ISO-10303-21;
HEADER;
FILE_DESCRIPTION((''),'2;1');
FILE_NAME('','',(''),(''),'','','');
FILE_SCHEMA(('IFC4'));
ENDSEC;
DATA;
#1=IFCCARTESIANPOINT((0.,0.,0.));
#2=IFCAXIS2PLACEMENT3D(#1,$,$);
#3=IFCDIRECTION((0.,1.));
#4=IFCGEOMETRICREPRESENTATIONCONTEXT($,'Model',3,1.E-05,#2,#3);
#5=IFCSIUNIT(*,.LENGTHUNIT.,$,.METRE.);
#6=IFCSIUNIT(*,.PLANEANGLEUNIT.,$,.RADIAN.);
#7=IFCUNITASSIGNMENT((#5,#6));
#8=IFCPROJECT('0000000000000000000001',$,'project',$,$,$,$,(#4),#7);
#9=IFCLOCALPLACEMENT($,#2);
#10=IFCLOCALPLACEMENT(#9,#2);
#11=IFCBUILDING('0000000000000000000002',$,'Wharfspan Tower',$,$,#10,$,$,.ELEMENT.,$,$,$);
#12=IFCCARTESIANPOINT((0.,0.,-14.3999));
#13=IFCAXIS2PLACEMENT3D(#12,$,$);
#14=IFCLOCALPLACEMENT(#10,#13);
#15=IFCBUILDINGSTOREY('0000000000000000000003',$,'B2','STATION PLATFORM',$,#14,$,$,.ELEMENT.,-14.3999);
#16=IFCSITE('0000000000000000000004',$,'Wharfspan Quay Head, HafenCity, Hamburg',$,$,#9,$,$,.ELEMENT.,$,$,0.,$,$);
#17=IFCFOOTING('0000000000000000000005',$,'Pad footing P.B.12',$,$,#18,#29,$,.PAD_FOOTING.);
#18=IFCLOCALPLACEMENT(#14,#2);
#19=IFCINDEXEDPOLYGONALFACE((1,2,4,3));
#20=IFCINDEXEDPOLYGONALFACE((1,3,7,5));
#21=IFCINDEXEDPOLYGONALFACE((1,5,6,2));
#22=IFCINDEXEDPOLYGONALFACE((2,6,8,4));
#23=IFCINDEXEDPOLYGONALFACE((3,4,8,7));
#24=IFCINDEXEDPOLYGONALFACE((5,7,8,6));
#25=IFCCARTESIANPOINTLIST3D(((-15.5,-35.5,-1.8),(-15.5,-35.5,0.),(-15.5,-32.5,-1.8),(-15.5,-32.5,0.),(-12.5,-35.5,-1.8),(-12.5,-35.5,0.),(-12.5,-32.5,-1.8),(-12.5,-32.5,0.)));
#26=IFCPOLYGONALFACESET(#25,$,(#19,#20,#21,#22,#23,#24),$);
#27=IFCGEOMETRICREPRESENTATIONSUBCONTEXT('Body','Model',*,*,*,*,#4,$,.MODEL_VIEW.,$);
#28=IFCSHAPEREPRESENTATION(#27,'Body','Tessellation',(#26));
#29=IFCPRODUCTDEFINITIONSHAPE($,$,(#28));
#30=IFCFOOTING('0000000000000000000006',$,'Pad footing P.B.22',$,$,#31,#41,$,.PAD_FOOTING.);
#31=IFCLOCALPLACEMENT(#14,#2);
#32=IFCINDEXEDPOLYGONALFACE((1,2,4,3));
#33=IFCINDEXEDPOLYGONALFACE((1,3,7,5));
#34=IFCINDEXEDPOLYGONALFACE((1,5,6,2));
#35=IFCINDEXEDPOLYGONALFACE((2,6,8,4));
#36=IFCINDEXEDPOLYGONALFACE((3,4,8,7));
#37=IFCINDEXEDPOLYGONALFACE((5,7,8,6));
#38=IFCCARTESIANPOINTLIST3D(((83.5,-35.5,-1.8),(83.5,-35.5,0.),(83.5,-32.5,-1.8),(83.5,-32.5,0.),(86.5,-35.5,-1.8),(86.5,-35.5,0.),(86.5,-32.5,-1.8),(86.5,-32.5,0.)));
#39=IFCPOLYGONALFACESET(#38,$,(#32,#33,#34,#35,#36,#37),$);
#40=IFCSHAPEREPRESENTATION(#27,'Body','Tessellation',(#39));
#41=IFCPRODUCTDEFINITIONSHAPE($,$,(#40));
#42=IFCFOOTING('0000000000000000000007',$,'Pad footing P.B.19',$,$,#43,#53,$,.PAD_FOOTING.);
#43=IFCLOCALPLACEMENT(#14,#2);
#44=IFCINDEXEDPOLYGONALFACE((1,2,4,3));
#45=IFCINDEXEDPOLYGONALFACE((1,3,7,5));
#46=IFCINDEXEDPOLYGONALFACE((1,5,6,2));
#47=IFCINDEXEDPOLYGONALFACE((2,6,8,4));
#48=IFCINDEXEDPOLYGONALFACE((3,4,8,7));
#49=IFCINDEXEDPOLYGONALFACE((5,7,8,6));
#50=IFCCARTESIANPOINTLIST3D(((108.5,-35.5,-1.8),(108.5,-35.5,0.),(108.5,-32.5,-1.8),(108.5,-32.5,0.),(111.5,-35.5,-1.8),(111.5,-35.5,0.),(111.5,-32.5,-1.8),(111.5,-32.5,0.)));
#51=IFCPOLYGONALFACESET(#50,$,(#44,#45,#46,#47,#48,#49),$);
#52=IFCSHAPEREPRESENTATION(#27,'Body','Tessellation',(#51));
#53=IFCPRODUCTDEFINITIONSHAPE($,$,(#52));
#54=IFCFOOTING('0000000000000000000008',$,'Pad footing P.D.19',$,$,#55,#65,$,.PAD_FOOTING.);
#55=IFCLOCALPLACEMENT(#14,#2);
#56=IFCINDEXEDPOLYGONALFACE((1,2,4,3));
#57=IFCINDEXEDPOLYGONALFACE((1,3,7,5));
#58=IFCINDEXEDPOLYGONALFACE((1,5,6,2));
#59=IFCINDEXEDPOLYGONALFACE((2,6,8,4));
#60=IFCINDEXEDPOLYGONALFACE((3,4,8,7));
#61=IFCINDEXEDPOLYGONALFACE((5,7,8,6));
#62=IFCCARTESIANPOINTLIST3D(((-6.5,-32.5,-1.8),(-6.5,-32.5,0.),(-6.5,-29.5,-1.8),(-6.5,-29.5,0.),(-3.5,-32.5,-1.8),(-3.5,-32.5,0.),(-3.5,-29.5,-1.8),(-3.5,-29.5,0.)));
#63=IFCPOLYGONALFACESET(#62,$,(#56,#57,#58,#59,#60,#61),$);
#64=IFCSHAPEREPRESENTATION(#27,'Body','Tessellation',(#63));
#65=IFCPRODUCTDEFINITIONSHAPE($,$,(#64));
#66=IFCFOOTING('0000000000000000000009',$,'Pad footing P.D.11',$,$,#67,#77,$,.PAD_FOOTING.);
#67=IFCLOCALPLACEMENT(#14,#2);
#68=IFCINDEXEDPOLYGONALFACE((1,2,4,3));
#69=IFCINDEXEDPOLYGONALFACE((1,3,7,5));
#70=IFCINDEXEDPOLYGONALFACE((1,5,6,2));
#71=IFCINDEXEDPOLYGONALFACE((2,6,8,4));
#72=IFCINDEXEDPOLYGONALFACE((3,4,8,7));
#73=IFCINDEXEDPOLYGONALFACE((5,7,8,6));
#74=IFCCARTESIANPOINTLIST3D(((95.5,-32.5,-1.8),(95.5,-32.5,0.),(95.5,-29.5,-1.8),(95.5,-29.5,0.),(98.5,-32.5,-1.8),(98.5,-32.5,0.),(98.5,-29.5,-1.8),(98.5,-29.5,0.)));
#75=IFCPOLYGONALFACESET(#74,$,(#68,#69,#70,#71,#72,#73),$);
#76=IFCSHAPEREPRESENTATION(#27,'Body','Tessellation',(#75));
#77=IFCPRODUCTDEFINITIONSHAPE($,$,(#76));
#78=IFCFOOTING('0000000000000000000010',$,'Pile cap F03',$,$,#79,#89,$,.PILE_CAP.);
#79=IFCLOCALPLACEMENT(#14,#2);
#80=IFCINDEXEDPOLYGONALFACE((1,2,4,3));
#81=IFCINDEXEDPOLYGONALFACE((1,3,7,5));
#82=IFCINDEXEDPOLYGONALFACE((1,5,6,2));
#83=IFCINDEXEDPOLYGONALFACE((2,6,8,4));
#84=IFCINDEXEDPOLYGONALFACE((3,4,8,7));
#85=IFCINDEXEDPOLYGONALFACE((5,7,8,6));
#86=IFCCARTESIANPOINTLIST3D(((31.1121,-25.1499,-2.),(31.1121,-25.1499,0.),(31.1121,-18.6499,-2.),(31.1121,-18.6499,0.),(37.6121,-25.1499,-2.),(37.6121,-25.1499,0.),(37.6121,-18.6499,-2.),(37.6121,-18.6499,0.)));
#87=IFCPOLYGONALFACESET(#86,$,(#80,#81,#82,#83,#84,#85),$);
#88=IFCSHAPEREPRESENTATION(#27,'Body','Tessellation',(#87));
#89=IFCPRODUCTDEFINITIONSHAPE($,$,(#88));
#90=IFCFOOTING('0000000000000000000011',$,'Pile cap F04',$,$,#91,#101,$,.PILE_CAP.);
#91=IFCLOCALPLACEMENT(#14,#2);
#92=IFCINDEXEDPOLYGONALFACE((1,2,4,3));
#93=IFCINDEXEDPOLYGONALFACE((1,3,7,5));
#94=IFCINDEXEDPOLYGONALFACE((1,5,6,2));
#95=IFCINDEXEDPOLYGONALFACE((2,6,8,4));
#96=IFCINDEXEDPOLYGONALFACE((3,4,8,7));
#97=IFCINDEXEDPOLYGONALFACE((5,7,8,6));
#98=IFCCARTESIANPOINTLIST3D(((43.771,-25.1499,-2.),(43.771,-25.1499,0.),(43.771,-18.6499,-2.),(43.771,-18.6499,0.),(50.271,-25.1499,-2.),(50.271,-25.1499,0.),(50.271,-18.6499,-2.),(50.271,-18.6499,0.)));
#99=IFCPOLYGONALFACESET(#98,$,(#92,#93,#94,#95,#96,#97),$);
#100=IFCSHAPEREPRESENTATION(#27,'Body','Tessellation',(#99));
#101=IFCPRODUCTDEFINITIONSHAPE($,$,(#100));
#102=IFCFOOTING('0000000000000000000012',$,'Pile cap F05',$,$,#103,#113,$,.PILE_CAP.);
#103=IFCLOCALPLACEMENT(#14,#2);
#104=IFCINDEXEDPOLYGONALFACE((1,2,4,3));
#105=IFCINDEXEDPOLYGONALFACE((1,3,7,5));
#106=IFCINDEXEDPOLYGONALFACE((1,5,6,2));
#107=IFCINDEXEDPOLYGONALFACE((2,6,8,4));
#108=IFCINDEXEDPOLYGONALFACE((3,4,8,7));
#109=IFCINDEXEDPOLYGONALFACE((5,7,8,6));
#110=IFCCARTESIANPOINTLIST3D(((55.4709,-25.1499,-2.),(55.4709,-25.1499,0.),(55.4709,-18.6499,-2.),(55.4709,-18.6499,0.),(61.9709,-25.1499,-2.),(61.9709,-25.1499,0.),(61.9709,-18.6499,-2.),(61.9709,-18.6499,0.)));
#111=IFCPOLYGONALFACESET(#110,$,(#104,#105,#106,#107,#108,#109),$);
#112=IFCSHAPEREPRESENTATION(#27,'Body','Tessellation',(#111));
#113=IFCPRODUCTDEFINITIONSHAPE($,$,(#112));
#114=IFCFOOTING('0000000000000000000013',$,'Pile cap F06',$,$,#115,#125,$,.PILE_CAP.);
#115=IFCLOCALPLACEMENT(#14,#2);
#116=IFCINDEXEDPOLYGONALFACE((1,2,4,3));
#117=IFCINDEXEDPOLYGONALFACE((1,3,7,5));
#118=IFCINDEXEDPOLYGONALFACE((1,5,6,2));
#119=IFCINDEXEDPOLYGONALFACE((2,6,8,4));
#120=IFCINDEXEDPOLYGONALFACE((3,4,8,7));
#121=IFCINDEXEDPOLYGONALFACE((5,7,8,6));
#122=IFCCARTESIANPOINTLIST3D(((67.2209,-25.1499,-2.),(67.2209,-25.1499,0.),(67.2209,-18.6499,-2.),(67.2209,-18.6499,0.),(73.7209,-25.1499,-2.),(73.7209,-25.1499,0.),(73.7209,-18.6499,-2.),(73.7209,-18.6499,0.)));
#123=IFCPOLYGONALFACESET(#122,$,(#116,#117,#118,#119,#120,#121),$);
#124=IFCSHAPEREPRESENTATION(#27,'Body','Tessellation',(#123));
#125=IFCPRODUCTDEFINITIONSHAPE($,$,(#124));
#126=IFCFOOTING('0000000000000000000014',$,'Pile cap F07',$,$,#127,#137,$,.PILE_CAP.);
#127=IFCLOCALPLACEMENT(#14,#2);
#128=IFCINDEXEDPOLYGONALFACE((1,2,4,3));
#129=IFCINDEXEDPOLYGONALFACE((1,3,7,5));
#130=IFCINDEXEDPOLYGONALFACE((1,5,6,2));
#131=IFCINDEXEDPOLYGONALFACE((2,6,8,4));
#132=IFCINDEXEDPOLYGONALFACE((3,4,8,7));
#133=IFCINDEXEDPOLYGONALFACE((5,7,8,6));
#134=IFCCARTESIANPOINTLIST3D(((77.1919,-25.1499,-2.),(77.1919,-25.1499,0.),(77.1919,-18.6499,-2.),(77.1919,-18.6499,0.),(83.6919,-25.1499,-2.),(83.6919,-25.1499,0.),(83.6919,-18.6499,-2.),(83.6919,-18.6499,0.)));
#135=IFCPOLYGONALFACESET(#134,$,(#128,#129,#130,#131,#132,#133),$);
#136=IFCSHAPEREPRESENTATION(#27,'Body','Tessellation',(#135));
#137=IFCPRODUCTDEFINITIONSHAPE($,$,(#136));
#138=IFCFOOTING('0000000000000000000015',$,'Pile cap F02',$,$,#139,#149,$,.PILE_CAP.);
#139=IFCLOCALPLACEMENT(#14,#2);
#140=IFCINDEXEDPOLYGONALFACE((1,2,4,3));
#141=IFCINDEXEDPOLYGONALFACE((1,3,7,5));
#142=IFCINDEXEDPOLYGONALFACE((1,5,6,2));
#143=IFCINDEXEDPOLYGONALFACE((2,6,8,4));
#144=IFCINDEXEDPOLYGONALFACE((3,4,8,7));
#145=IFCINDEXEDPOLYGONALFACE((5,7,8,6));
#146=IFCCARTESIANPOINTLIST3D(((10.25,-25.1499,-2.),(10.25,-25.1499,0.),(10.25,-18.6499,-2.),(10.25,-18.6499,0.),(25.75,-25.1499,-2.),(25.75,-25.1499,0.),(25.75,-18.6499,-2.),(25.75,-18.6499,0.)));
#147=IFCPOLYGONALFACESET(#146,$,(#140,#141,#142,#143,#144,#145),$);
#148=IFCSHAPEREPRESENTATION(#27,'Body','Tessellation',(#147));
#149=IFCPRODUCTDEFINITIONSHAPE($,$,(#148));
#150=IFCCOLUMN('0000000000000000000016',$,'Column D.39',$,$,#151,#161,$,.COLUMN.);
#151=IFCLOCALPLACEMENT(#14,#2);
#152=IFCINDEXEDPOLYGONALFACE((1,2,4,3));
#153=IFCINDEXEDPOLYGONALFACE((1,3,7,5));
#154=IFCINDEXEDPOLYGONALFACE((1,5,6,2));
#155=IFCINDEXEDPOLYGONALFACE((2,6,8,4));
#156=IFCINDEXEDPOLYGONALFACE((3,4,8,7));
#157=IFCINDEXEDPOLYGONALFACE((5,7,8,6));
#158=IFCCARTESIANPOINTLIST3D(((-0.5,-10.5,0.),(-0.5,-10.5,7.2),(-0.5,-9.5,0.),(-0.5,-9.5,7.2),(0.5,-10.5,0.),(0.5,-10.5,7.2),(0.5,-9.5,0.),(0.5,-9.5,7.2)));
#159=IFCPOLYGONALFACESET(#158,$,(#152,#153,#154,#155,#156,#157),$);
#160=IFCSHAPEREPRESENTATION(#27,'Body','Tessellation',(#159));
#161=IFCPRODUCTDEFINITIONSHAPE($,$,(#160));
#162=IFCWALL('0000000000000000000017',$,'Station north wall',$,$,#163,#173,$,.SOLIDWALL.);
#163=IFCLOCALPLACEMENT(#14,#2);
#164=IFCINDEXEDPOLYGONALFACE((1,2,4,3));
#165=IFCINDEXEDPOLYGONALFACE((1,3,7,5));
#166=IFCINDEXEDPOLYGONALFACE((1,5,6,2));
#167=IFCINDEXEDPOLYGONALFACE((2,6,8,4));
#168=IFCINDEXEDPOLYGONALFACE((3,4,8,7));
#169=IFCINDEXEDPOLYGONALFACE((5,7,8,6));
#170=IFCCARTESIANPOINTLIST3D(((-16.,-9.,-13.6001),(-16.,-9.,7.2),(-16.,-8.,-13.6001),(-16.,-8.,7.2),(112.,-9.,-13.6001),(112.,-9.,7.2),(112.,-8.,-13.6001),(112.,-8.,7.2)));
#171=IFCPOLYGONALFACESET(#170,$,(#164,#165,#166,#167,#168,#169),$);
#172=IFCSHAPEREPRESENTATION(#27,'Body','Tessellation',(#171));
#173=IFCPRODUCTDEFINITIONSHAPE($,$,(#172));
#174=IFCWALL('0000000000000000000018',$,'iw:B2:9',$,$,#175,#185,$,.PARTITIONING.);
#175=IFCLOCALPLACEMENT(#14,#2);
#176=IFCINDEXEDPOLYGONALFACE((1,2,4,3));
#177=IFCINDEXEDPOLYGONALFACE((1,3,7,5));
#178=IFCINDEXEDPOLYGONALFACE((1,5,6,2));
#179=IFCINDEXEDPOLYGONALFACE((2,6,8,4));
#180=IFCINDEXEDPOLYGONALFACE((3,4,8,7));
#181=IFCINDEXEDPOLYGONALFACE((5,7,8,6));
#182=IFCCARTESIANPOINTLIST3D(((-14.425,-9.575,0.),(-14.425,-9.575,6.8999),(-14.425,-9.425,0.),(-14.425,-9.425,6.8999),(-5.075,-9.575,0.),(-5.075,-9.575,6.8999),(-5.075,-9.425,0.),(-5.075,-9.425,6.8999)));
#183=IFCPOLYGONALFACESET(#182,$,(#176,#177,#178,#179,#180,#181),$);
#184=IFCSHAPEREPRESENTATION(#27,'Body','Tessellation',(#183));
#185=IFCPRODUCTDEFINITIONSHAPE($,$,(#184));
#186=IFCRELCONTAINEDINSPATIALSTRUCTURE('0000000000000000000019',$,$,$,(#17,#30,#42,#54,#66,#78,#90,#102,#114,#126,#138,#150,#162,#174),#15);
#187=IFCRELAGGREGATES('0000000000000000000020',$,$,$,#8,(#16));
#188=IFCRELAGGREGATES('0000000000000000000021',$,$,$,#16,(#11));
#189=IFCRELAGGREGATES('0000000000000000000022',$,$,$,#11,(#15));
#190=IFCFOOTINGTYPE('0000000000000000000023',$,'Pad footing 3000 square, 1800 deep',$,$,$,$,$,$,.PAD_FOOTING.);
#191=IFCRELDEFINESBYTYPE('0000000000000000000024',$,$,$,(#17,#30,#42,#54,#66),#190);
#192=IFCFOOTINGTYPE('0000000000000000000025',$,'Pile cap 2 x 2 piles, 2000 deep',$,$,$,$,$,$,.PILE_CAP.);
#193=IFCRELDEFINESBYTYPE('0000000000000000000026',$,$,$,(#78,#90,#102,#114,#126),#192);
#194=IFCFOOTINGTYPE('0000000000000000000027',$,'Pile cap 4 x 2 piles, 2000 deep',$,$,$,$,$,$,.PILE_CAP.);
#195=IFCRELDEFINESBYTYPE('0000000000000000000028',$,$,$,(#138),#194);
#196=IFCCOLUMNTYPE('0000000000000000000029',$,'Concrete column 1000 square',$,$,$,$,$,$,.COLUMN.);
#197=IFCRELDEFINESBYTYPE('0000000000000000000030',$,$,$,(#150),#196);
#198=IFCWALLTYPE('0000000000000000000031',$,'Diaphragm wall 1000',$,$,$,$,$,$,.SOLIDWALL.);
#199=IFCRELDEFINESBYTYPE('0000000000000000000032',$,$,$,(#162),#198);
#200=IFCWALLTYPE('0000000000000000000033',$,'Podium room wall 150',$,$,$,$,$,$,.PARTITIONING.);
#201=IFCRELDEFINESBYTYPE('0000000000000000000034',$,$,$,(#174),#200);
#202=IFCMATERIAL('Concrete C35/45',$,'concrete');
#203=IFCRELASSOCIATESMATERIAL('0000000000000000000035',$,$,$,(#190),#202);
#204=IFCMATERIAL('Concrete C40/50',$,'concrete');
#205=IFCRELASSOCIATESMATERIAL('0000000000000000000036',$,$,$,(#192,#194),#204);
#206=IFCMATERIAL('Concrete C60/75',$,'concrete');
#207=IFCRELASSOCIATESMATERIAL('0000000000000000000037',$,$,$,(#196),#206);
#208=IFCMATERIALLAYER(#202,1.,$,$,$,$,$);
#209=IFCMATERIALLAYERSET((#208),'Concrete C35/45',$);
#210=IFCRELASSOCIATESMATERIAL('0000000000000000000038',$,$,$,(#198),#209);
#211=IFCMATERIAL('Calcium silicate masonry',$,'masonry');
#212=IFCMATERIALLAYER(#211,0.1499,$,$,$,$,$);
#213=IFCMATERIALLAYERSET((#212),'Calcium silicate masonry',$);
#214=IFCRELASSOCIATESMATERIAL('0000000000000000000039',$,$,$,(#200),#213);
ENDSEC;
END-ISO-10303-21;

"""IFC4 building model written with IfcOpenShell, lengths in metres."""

from ifc_helpers import new_model, si_unit, direction, frame, frame_2d, origin, origin_2d, place, context, subcontext, project, spatial, polyline, rectangle, outline, extrude, material, layer, layer_set, material_profile, profile_set, type_object, element, save


model = new_model("IFC4")

# Units and contexts
model_context = context("Model", 3, precision=1e-05, world=origin(), true_north=direction((0.0, 1.0)))
body_context = subcontext(model_context, "Body", "Model", "MODEL_VIEW")
ifc_project = project(units=[si_unit("LENGTHUNIT", "METRE"), si_unit("PLANEANGLEUNIT", "RADIAN")], contexts=[model_context])

# Site, building, storey
site_placement = place(None, origin())
site = spatial("IfcSite", under=ifc_project, at=site_placement, Name="Wharfspan Quay Head, HafenCity, Hamburg", CompositionType="ELEMENT", RefElevation=0.0)
building_placement = place(site_placement, origin())
building = spatial("IfcBuilding", under=site, at=building_placement, Name="Wharfspan Tower", CompositionType="ELEMENT")
storey_placement = place(building_placement, frame((0.0, 0.0, -14.3999)))
storey = spatial("IfcBuildingStorey", under=building, at=storey_placement, Name="B2", Description="STATION PLATFORM", CompositionType="ELEMENT", Elevation=-14.3999)

# Footings
ifc_material_1 = material(Name="Concrete C35/45", Category="concrete")
footing_type_1 = type_object("IfcFootingType", Name="Pad footing 3000 square, 1800 deep", PredefinedType="PAD_FOOTING", material=ifc_material_1)
footing_1_placement = place(storey_placement, frame((0.0, 0.0, -1.8)))
element("IfcFooting", 1, at=footing_1_placement, inside=storey, type_object=footing_type_1, Name="Pad footing P.B.12", PredefinedType="PAD_FOOTING", context=body_context, shape_type="SweptSolid", body=[
    extrude(outline(polyline([(-15.5, -35.5), (-12.5, -35.5), (-12.5, -32.5), (-15.5, -32.5), (-15.5, -35.5)])), origin(), (0.0, 0.0, 1.0), 1.8),
])
footing_2_placement = place(storey_placement, frame((0.0, 0.0, -1.8)))
element("IfcFooting", 2, at=footing_2_placement, inside=storey, type_object=footing_type_1, Name="Pad footing P.B.22", PredefinedType="PAD_FOOTING", context=body_context, shape_type="SweptSolid", body=[
    extrude(outline(polyline([(83.5, -35.5), (86.5, -35.5), (86.5, -32.5), (83.5, -32.5), (83.5, -35.5)])), origin(), (0.0, 0.0, 1.0), 1.8),
])
footing_3_placement = place(storey_placement, frame((0.0, 0.0, -1.8)))
element("IfcFooting", 3, at=footing_3_placement, inside=storey, type_object=footing_type_1, Name="Pad footing P.B.19", PredefinedType="PAD_FOOTING", context=body_context, shape_type="SweptSolid", body=[
    extrude(outline(polyline([(108.5, -35.5), (111.5, -35.5), (111.5, -32.5), (108.5, -32.5), (108.5, -35.5)])), origin(), (0.0, 0.0, 1.0), 1.8),
])
footing_4_placement = place(storey_placement, frame((0.0, 0.0, -1.8)))
element("IfcFooting", 4, at=footing_4_placement, inside=storey, type_object=footing_type_1, Name="Pad footing P.D.19", PredefinedType="PAD_FOOTING", context=body_context, shape_type="SweptSolid", body=[
    extrude(outline(polyline([(-6.5, -32.5), (-3.5, -32.5), (-3.5, -29.5), (-6.5, -29.5), (-6.5, -32.5)])), origin(), (0.0, 0.0, 1.0), 1.8),
])
footing_5_placement = place(storey_placement, frame((0.0, 0.0, -1.8)))
element("IfcFooting", 5, at=footing_5_placement, inside=storey, type_object=footing_type_1, Name="Pad footing P.D.11", PredefinedType="PAD_FOOTING", context=body_context, shape_type="SweptSolid", body=[
    extrude(outline(polyline([(95.5, -32.5), (98.5, -32.5), (98.5, -29.5), (95.5, -29.5), (95.5, -32.5)])), origin(), (0.0, 0.0, 1.0), 1.8),
])
ifc_material_2 = material(Name="Concrete C40/50", Category="concrete")
footing_type_2 = type_object("IfcFootingType", Name="Pile cap 2 x 2 piles, 2000 deep", PredefinedType="PILE_CAP", material=ifc_material_2)
footing_6_placement = place(storey_placement, frame((0.0, 0.0, -2.0)))
element("IfcFooting", 6, at=footing_6_placement, inside=storey, type_object=footing_type_2, Name="Pile cap F03", PredefinedType="PILE_CAP", context=body_context, shape_type="SweptSolid", body=[
    extrude(outline(polyline([(31.1121, -25.1499), (37.6121, -25.1499), (37.6121, -18.6499), (31.1121, -18.6499), (31.1121, -25.1499)])), origin(), (0.0, 0.0, 1.0), 2.0),
])
footing_7_placement = place(storey_placement, frame((0.0, 0.0, -2.0)))
element("IfcFooting", 7, at=footing_7_placement, inside=storey, type_object=footing_type_2, Name="Pile cap F04", PredefinedType="PILE_CAP", context=body_context, shape_type="SweptSolid", body=[
    extrude(outline(polyline([(43.771, -25.1499), (50.271, -25.1499), (50.271, -18.6499), (43.771, -18.6499), (43.771, -25.1499)])), origin(), (0.0, 0.0, 1.0), 2.0),
])
footing_8_placement = place(storey_placement, frame((0.0, 0.0, -2.0)))
element("IfcFooting", 8, at=footing_8_placement, inside=storey, type_object=footing_type_2, Name="Pile cap F05", PredefinedType="PILE_CAP", context=body_context, shape_type="SweptSolid", body=[
    extrude(outline(polyline([(55.4709, -25.1499), (61.9709, -25.1499), (61.9709, -18.6499), (55.4709, -18.6499), (55.4709, -25.1499)])), origin(), (0.0, 0.0, 1.0), 2.0),
])
footing_9_placement = place(storey_placement, frame((0.0, 0.0, -2.0)))
element("IfcFooting", 9, at=footing_9_placement, inside=storey, type_object=footing_type_2, Name="Pile cap F06", PredefinedType="PILE_CAP", context=body_context, shape_type="SweptSolid", body=[
    extrude(outline(polyline([(67.2209, -25.1499), (73.7209, -25.1499), (73.7209, -18.6499), (67.2209, -18.6499), (67.2209, -25.1499)])), origin(), (0.0, 0.0, 1.0), 2.0),
])
footing_10_placement = place(storey_placement, frame((0.0, 0.0, -2.0)))
element("IfcFooting", 10, at=footing_10_placement, inside=storey, type_object=footing_type_2, Name="Pile cap F07", PredefinedType="PILE_CAP", context=body_context, shape_type="SweptSolid", body=[
    extrude(outline(polyline([(77.1919, -25.1499), (83.6919, -25.1499), (83.6919, -18.6499), (77.1919, -18.6499), (77.1919, -25.1499)])), origin(), (0.0, 0.0, 1.0), 2.0),
])
footing_type_3 = type_object("IfcFootingType", Name="Pile cap 4 x 2 piles, 2000 deep", PredefinedType="PILE_CAP", material=ifc_material_2)
footing_11_placement = place(storey_placement, frame((0.0, 0.0, -2.0)))
element("IfcFooting", 11, at=footing_11_placement, inside=storey, type_object=footing_type_3, Name="Pile cap F02", PredefinedType="PILE_CAP", context=body_context, shape_type="SweptSolid", body=[
    extrude(outline(polyline([(10.25, -25.1499), (25.75, -25.1499), (25.75, -18.6499), (10.25, -18.6499), (10.25, -25.1499)])), origin(), (0.0, 0.0, 1.0), 2.0),
])

# Column
ifc_material_3 = material(Name="Concrete C60/75", Category="concrete")
ifc_material_profile = material_profile(ifc_material_3, rectangle(XDim=1.0, YDim=1.0, at=origin_2d()))
ifc_profile_set = profile_set([ifc_material_profile], Name="Concrete C60/75")
column_type = type_object("IfcColumnType", Name="Concrete column 1000 square", PredefinedType="COLUMN", material=ifc_profile_set)
column_placement = place(storey_placement, frame((0.0, -10.0, 0.0), z_axis=(0.0, 0.0, 1.0), x_axis=(1.0, 0.0, 0.0)))
element("IfcColumn", 12, at=column_placement, inside=storey, type_object=column_type, Name="Column D.39", PredefinedType="COLUMN", context=body_context, shape_type="SweptSolid", body=[
    extrude(rectangle(XDim=1.0, YDim=1.0, at=origin_2d()), origin(), (0.0, 0.0, 1.0), 7.2),
])

# Walls
ifc_layer_1 = layer(ifc_material_1, 1.0)
ifc_layer_set_1 = layer_set([ifc_layer_1], Name="Concrete C35/45")
wall_type_1 = type_object("IfcWallType", Name="Diaphragm wall 1000", PredefinedType="SOLIDWALL", material=ifc_layer_set_1)
wall_1_placement = place(storey_placement, frame((-16.0, -8.5, -13.6001), z_axis=(0.0, 0.0, 1.0), x_axis=(1.0, 0.0, 0.0)))
element("IfcWall", 13, at=wall_1_placement, inside=storey, type_object=wall_type_1, Name="Station north wall", PredefinedType="SOLIDWALL", context=body_context, shape_type="SweptSolid", body=[
    extrude(rectangle(XDim=128.0, YDim=1.0, at=frame_2d((64.0, 0.0))), origin(), (0.0, 0.0, 1.0), 20.8),
])
ifc_material_4 = material(Name="Calcium silicate masonry", Category="masonry")
ifc_layer_2 = layer(ifc_material_4, 0.1499)
ifc_layer_set_2 = layer_set([ifc_layer_2], Name="Calcium silicate masonry")
wall_type_2 = type_object("IfcWallType", Name="Podium room wall 150", PredefinedType="PARTITIONING", material=ifc_layer_set_2)
wall_2_placement = place(storey_placement, frame((-14.425, -9.5, 0.0), z_axis=(0.0, 0.0, 1.0), x_axis=(1.0, 0.0, 0.0)))
element("IfcWall", 14, at=wall_2_placement, inside=storey, type_object=wall_type_2, Name="iw:B2:9", PredefinedType="PARTITIONING", context=body_context, shape_type="SweptSolid", body=[
    extrude(rectangle(XDim=9.3501, YDim=0.1499, at=frame_2d((4.675, 0.0))), origin(), (0.0, 0.0, 1.0), 6.8999),
])

save(model, "model.ifc")
